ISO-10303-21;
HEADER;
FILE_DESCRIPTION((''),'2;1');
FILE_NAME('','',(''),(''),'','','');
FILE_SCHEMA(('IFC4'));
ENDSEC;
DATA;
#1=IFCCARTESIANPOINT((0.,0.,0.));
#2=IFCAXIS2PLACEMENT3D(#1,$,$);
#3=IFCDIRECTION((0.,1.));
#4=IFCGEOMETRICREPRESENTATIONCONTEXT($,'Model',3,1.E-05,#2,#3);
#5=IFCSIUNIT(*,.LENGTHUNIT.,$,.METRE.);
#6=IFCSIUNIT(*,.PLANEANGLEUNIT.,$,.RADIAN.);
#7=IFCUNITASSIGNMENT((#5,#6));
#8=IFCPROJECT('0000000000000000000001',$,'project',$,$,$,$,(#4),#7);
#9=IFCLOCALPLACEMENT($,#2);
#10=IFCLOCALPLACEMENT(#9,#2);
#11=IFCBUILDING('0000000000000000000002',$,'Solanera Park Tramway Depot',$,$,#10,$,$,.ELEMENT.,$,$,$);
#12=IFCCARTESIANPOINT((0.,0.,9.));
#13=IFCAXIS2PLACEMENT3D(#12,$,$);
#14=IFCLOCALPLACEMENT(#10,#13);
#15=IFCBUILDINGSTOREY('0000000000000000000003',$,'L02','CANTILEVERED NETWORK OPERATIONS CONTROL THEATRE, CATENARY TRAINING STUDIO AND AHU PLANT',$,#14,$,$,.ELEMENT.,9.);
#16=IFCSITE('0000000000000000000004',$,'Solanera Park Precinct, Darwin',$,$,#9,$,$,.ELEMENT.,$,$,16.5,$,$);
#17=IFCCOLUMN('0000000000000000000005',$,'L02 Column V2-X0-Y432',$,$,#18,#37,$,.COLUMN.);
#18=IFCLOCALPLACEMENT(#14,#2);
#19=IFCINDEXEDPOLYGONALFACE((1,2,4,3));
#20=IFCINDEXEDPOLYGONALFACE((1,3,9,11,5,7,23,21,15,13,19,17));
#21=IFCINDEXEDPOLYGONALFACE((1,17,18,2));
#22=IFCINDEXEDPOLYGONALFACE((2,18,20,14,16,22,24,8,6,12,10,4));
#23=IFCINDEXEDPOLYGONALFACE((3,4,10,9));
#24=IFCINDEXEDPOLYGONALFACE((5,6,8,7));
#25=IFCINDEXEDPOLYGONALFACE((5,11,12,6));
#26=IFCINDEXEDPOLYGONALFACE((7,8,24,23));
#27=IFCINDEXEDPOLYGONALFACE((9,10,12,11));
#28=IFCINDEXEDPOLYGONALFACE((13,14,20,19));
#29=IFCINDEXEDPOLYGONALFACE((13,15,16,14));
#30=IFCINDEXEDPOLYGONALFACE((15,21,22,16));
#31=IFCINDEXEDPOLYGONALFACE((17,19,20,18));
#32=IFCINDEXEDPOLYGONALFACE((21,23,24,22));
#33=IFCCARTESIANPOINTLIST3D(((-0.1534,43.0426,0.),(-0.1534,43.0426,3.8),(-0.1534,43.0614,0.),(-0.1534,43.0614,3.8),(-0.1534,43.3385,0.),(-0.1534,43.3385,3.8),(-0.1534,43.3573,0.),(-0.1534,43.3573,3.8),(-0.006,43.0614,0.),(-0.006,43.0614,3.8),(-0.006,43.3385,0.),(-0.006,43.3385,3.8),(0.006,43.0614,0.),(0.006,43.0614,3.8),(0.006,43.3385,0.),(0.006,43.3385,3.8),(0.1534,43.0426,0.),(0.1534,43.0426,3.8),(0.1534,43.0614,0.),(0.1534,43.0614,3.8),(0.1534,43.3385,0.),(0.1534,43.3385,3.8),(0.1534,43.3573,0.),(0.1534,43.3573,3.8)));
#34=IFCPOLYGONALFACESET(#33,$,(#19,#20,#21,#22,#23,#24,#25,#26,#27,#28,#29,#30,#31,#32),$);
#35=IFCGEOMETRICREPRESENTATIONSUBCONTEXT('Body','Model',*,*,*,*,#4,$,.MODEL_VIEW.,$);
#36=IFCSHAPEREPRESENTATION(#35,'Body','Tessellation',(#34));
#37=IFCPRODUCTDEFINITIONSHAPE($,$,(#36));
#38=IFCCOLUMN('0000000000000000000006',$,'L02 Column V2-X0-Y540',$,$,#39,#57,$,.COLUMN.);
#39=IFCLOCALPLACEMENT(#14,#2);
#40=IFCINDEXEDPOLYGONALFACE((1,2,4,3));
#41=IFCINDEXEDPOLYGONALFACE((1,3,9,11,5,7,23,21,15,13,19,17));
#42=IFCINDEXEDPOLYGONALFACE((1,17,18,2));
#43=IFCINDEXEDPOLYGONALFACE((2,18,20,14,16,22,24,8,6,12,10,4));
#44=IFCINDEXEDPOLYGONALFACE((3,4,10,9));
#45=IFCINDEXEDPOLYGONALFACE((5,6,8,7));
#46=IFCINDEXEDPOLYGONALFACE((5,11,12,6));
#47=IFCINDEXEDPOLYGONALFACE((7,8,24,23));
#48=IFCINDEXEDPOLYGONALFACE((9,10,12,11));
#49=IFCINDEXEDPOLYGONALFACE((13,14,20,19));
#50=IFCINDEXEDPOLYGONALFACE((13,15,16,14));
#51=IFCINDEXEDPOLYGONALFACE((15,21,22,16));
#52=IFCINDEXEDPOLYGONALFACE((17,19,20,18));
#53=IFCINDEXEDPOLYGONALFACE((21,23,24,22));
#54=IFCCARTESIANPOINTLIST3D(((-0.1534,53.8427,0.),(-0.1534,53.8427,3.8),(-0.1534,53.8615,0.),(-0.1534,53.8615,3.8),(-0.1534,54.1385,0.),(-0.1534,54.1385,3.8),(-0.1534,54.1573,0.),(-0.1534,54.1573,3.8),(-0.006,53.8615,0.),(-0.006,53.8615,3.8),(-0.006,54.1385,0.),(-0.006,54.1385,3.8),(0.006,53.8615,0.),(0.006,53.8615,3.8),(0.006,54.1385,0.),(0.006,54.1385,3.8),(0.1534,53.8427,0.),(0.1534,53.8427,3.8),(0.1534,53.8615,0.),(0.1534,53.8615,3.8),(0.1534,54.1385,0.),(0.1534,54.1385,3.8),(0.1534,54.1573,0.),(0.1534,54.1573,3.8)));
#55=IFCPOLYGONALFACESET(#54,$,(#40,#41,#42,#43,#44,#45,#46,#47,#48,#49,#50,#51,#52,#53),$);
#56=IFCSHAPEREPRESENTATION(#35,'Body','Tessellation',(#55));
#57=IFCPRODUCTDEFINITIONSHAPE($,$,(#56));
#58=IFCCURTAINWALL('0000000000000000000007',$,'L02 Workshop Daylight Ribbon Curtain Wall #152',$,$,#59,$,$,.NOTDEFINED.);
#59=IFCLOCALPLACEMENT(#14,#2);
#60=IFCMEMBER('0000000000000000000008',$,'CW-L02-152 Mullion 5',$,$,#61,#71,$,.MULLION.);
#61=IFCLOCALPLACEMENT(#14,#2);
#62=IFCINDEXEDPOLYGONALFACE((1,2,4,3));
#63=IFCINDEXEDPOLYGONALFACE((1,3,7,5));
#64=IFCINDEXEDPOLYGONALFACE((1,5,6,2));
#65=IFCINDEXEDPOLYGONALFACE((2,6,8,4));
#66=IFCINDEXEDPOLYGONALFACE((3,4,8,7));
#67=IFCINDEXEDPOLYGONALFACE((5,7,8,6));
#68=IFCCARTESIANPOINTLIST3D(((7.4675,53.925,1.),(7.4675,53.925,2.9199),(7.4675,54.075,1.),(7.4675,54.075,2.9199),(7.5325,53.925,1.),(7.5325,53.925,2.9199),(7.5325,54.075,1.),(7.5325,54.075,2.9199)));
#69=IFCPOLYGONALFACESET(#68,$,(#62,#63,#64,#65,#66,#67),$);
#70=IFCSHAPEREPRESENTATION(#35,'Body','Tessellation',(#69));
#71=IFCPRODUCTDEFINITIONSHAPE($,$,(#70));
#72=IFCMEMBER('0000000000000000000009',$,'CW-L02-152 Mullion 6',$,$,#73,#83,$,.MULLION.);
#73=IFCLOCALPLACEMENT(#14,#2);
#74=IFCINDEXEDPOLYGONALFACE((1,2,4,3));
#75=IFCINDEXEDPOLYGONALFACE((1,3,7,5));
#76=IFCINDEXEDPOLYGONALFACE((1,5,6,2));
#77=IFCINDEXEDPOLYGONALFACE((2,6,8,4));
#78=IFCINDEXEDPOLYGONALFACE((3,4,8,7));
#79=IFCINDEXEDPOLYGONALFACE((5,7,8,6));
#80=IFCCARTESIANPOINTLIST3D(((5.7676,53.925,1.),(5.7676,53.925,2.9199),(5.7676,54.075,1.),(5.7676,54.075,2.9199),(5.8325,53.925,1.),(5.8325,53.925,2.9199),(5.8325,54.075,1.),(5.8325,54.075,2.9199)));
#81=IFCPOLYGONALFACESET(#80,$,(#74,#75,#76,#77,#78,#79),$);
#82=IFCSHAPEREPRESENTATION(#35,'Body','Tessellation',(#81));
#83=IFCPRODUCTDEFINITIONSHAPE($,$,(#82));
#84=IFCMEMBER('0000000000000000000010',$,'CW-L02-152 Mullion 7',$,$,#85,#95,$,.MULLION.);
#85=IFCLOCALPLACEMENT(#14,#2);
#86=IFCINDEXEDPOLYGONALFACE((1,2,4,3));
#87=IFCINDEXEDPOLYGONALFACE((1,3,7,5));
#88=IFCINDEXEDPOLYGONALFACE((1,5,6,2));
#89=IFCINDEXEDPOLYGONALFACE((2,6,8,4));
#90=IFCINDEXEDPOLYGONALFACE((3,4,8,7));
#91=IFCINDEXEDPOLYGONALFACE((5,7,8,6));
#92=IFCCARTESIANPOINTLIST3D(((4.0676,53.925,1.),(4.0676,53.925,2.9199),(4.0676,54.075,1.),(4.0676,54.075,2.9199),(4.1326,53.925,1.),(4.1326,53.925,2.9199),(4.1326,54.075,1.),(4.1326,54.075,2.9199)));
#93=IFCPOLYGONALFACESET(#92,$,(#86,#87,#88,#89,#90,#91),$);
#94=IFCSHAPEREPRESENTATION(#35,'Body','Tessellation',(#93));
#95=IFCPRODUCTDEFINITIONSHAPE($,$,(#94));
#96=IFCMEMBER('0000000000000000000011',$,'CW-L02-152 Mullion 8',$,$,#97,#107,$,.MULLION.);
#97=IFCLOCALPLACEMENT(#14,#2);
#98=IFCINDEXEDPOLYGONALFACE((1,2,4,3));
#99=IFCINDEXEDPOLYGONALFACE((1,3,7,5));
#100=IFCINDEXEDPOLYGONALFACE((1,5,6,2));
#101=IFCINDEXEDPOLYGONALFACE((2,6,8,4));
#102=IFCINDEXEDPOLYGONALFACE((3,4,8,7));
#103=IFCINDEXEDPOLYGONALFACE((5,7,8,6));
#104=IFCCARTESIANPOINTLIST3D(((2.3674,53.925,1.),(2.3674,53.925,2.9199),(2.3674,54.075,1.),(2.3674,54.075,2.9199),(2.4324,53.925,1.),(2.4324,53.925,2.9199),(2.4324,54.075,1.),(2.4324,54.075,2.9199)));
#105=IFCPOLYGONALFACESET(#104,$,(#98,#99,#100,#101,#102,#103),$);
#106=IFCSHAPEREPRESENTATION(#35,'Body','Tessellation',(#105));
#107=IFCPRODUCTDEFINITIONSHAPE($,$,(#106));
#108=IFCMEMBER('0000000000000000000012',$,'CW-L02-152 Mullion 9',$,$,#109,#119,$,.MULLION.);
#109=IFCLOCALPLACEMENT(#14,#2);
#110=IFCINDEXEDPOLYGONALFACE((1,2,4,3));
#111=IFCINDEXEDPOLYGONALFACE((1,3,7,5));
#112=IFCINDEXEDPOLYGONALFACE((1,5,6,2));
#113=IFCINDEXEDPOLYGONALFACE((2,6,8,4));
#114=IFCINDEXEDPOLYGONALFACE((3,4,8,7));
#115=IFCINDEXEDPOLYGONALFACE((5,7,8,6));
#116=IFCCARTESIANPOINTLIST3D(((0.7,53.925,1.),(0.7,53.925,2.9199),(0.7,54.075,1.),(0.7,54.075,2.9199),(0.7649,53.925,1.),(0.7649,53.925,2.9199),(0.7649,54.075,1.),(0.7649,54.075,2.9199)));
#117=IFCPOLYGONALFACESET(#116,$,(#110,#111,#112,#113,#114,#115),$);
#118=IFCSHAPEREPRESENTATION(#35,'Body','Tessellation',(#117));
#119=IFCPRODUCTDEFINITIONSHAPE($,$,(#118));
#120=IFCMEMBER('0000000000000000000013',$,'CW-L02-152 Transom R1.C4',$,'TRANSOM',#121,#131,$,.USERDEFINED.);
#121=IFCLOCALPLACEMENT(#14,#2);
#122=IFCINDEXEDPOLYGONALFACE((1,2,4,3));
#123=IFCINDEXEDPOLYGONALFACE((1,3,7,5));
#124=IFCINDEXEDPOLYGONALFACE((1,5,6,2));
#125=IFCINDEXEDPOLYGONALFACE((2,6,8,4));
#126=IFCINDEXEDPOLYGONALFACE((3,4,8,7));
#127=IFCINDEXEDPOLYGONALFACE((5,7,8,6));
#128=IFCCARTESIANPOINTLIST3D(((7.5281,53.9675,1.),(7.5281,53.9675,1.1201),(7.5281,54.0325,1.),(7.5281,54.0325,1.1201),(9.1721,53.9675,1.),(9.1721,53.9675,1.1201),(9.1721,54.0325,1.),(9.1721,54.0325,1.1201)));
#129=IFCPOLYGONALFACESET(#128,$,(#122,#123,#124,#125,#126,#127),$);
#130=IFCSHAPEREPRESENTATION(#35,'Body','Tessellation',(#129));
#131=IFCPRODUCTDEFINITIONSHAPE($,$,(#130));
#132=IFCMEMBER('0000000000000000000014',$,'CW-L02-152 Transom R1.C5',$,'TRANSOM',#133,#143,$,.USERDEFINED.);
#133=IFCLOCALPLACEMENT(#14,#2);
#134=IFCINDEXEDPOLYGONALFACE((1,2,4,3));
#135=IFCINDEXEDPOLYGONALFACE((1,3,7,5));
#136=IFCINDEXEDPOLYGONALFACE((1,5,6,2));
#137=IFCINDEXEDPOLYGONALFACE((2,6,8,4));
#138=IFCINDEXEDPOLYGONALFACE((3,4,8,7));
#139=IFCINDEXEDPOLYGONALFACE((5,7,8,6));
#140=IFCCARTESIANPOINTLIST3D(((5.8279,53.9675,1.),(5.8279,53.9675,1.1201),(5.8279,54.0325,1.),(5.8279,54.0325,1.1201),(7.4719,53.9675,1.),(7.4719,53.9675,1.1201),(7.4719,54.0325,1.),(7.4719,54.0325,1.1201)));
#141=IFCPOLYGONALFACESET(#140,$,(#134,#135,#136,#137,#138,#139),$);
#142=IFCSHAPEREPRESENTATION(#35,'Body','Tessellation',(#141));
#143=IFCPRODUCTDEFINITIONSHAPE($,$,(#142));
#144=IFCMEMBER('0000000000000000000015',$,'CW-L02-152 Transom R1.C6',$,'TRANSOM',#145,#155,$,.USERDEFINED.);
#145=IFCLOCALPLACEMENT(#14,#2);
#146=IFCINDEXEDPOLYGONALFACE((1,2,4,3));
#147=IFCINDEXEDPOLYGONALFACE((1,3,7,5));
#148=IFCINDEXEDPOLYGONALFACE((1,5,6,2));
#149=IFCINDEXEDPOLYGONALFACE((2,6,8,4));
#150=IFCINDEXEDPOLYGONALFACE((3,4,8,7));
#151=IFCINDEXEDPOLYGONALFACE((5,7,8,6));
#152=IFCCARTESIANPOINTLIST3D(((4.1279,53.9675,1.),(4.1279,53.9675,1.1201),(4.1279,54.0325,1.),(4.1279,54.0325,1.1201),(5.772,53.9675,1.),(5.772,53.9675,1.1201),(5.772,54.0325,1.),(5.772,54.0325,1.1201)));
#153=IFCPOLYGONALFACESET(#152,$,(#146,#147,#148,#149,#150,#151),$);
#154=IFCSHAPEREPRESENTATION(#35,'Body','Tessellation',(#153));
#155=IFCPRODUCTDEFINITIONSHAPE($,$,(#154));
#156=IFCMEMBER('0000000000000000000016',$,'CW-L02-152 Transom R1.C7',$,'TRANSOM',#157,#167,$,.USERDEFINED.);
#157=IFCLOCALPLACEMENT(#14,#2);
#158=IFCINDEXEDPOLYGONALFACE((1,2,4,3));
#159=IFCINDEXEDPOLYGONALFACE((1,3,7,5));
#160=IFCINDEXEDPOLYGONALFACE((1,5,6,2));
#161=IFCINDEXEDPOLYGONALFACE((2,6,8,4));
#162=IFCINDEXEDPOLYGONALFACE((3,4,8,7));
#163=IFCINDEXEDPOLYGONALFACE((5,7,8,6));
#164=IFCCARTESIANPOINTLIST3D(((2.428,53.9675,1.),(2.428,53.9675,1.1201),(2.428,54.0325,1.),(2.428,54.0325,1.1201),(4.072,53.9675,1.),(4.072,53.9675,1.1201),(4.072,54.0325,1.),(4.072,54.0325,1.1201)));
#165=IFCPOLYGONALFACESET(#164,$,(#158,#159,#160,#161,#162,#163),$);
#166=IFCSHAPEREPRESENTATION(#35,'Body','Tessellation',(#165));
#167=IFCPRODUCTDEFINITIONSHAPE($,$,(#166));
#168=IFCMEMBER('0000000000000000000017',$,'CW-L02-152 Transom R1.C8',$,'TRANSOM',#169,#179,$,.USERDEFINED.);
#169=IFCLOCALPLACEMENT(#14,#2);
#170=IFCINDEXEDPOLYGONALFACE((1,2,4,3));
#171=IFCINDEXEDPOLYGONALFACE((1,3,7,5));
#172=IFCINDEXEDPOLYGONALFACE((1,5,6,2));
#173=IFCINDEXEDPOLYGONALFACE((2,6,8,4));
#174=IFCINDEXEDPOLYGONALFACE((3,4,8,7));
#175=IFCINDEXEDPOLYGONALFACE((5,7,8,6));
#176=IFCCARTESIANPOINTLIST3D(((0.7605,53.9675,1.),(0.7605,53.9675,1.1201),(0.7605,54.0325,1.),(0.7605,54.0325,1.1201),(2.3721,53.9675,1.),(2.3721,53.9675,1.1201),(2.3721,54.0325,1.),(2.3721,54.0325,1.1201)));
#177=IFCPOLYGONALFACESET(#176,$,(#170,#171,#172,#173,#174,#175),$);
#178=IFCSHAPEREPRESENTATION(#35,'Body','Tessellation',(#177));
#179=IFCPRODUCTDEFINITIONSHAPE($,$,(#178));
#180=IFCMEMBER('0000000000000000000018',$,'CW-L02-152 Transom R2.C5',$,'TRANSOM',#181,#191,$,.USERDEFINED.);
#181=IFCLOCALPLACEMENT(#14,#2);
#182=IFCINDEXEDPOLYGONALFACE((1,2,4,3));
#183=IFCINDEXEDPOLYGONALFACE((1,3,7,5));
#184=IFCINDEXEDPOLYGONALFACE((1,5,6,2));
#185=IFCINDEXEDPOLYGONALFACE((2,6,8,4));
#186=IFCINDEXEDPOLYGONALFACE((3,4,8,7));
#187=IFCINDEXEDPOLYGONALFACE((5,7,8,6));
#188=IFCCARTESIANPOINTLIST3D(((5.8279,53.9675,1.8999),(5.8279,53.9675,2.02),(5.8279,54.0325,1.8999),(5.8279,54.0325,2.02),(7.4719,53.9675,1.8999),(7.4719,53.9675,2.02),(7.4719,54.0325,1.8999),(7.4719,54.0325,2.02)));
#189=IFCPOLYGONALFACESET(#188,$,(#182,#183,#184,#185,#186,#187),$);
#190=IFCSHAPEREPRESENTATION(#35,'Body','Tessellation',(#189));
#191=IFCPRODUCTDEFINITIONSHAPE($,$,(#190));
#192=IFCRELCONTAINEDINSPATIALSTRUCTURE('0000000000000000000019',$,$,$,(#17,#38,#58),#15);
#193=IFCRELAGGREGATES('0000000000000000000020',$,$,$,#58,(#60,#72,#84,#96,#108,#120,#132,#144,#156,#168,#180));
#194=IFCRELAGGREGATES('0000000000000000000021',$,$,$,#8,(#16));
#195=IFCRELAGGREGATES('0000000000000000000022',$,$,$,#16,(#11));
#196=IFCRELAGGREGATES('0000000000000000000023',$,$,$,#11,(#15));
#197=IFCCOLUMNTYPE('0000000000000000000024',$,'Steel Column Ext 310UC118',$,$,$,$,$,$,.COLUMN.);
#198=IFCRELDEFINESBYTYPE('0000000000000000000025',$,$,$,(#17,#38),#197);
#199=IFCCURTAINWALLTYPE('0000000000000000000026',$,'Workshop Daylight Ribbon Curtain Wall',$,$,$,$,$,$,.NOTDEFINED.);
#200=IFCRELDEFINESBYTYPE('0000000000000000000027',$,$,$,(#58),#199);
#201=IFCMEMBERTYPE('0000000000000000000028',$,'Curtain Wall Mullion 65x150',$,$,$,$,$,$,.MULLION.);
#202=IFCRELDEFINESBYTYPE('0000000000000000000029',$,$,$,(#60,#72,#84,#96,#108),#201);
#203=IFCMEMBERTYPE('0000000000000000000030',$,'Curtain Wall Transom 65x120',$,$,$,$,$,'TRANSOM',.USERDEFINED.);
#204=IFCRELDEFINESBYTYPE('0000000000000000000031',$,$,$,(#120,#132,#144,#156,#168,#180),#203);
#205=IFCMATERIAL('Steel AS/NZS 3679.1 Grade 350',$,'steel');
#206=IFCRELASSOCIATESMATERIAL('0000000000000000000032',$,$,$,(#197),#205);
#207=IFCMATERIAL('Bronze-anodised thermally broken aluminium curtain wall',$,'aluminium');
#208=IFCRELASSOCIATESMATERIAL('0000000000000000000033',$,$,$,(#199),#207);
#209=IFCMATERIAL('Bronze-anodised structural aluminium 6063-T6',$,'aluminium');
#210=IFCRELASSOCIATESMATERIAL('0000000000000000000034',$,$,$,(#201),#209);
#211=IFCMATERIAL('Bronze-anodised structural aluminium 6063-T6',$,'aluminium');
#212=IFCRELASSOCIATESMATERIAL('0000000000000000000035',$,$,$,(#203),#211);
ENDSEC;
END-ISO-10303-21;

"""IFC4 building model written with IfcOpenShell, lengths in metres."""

from ifc_helpers import new_model, si_unit, direction, frame, origin, origin_2d, place, context, subcontext, project, spatial, rectangle, i_section, extrude, material, material_profile, profile_set, type_object, element, aggregate, save


model = new_model("IFC4")

# Units and contexts
model_context = context("Model", 3, precision=1e-05, world=origin(), true_north=direction((0.0, 1.0)))
body_context = subcontext(model_context, "Body", "Model", "MODEL_VIEW")
ifc_project = project(units=[si_unit("LENGTHUNIT", "METRE"), si_unit("PLANEANGLEUNIT", "RADIAN")], contexts=[model_context])

# Site, building, storey
site_placement = place(None, origin())
site = spatial("IfcSite", under=ifc_project, at=site_placement, Name="Solanera Park Precinct, Darwin", CompositionType="ELEMENT", RefElevation=16.5)
building_placement = place(site_placement, origin())
building = spatial("IfcBuilding", under=site, at=building_placement, Name="Solanera Park Tramway Depot", CompositionType="ELEMENT")
storey_placement = place(building_placement, frame((0.0, 0.0, 9.0)))
storey = spatial("IfcBuildingStorey", under=building, at=storey_placement, Name="L02", Description="CANTILEVERED NETWORK OPERATIONS CONTROL THEATRE, CATENARY TRAINING STUDIO AND AHU PLANT", CompositionType="ELEMENT", Elevation=9.0)

# Columns
ifc_material_1 = material(Name="Steel AS/NZS 3679.1 Grade 350", Category="steel")
ifc_material_profile_1 = material_profile(ifc_material_1, i_section(OverallWidth=0.3069, OverallDepth=0.3147, WebThickness=0.012, FlangeThickness=0.0188, at=origin_2d()), Name="310UC118")
ifc_profile_set_1 = profile_set([ifc_material_profile_1], Name="Steel AS/NZS 3679.1 Grade 350")
column_type = type_object("IfcColumnType", Name="Steel Column Ext 310UC118", PredefinedType="COLUMN", material=ifc_profile_set_1)
for number, where, z_axis, x_axis, name in (
    (1, (0.0, 43.2, 0.0), (0.0, 0.0, 1.0), (1.0, 0.0, 0.0), "L02 Column V2-X0-Y432"),
    (2, (0.0, 54.0, 0.0), (0.0, 0.0, 1.0), (1.0, 0.0, 0.0), "L02 Column V2-X0-Y540"),
):
    element("IfcColumn", number, at=place(storey_placement, frame(where, z_axis=z_axis, x_axis=x_axis)), inside=storey, type_object=column_type, Name=name, PredefinedType="COLUMN", context=body_context, shape_type="SweptSolid", body=[
        extrude(i_section(OverallWidth=0.3069, OverallDepth=0.3147, WebThickness=0.012, FlangeThickness=0.0188, at=origin_2d()), origin(), (0.0, 0.0, 1.0), 3.8),
    ])

# Curtain wall, members
ifc_material_2 = material(Name="Bronze-anodised thermally broken aluminium curtain wall", Category="aluminium")
curtain_wall_type = type_object("IfcCurtainWallType", Name="Workshop Daylight Ribbon Curtain Wall", PredefinedType="NOTDEFINED", material=ifc_material_2)
curtain_wall_placement = place(storey_placement, origin())
curtain_wall = element("IfcCurtainWall", 3, at=curtain_wall_placement, inside=storey, type_object=curtain_wall_type, Name="L02 Workshop Daylight Ribbon Curtain Wall #152", PredefinedType="NOTDEFINED")
ifc_material_3 = material(Name="Bronze-anodised structural aluminium 6063-T6", Category="aluminium")
ifc_material_profile_2 = material_profile(ifc_material_3, rectangle(XDim=0.0649, YDim=0.1499, at=origin_2d()), Name="Curtain Wall Mullion 65x150")
ifc_profile_set_2 = profile_set([ifc_material_profile_2], Name="Bronze-anodised structural aluminium 6063-T6")
member_type_1 = type_object("IfcMemberType", Name="Curtain Wall Mullion 65x150", PredefinedType="MULLION", material=ifc_profile_set_2)
member_1_placement = place(storey_placement, frame((7.5, 54.0, 1.0), z_axis=(0.0, 0.0, 1.0), x_axis=(1.0, 0.0, 0.0)))
member_1 = element("IfcMember", 4, at=member_1_placement, type_object=member_type_1, Name="CW-L02-152 Mullion 5", PredefinedType="MULLION", context=body_context, shape_type="SweptSolid", body=[
    extrude(rectangle(XDim=0.0649, YDim=0.1499, at=origin_2d()), origin(), (0.0, 0.0, 1.0), 1.9199),
])
member_2_placement = place(storey_placement, frame((5.8, 54.0, 1.0), z_axis=(0.0, 0.0, 1.0), x_axis=(1.0, 0.0, 0.0)))
member_2 = element("IfcMember", 5, at=member_2_placement, type_object=member_type_1, Name="CW-L02-152 Mullion 6", PredefinedType="MULLION", context=body_context, shape_type="SweptSolid", body=[
    extrude(rectangle(XDim=0.0649, YDim=0.1499, at=origin_2d()), origin(), (0.0, 0.0, 1.0), 1.9199),
])
member_3_placement = place(storey_placement, frame((4.1001, 54.0, 1.0), z_axis=(0.0, 0.0, 1.0), x_axis=(1.0, 0.0, 0.0)))
member_3 = element("IfcMember", 6, at=member_3_placement, type_object=member_type_1, Name="CW-L02-152 Mullion 7", PredefinedType="MULLION", context=body_context, shape_type="SweptSolid", body=[
    extrude(rectangle(XDim=0.0649, YDim=0.1499, at=origin_2d()), origin(), (0.0, 0.0, 1.0), 1.9199),
])
member_4_placement = place(storey_placement, frame((2.3999, 54.0, 1.0), z_axis=(0.0, 0.0, 1.0), x_axis=(1.0, 0.0, 0.0)))
member_4 = element("IfcMember", 7, at=member_4_placement, type_object=member_type_1, Name="CW-L02-152 Mullion 8", PredefinedType="MULLION", context=body_context, shape_type="SweptSolid", body=[
    extrude(rectangle(XDim=0.0649, YDim=0.1499, at=origin_2d()), origin(), (0.0, 0.0, 1.0), 1.9199),
])
member_5_placement = place(storey_placement, frame((0.7324, 54.0, 1.0), z_axis=(0.0, 0.0, 1.0), x_axis=(1.0, 0.0, 0.0)))
member_5 = element("IfcMember", 8, at=member_5_placement, type_object=member_type_1, Name="CW-L02-152 Mullion 9", PredefinedType="MULLION", context=body_context, shape_type="SweptSolid", body=[
    extrude(rectangle(XDim=0.0649, YDim=0.1499, at=origin_2d()), origin(), (0.0, 0.0, 1.0), 1.9199),
])
ifc_material_4 = material(Name="Bronze-anodised structural aluminium 6063-T6", Category="aluminium")
ifc_material_profile_3 = material_profile(ifc_material_4, rectangle(XDim=0.0649, YDim=0.1201, at=origin_2d()), Name="Curtain Wall Transom 65x120")
ifc_profile_set_3 = profile_set([ifc_material_profile_3], Name="Bronze-anodised structural aluminium 6063-T6")
member_type_2 = type_object("IfcMemberType", Name="Curtain Wall Transom 65x120", ElementType="TRANSOM", PredefinedType="USERDEFINED", material=ifc_profile_set_3)
member_6_placement = place(storey_placement, frame((9.1721, 54.0, 1.0601), z_axis=(-1.0, 0.0, 0.0), x_axis=(0.0, -1.0, 0.0)))
member_6 = element("IfcMember", 9, at=member_6_placement, type_object=member_type_2, Name="CW-L02-152 Transom R1.C4", ObjectType="TRANSOM", PredefinedType="USERDEFINED", context=body_context, shape_type="SweptSolid", body=[
    extrude(rectangle(XDim=0.0649, YDim=0.1201, at=origin_2d()), origin(), (0.0, 0.0, 1.0), 1.644),
])
member_7_placement = place(storey_placement, frame((7.4719, 54.0, 1.0601), z_axis=(-1.0, 0.0, 0.0), x_axis=(0.0, -1.0, 0.0)))
member_7 = element("IfcMember", 10, at=member_7_placement, type_object=member_type_2, Name="CW-L02-152 Transom R1.C5", ObjectType="TRANSOM", PredefinedType="USERDEFINED", context=body_context, shape_type="SweptSolid", body=[
    extrude(rectangle(XDim=0.0649, YDim=0.1201, at=origin_2d()), origin(), (0.0, 0.0, 1.0), 1.644),
])
member_8_placement = place(storey_placement, frame((5.772, 54.0, 1.0601), z_axis=(-1.0, 0.0, 0.0), x_axis=(0.0, -1.0, 0.0)))
member_8 = element("IfcMember", 11, at=member_8_placement, type_object=member_type_2, Name="CW-L02-152 Transom R1.C6", ObjectType="TRANSOM", PredefinedType="USERDEFINED", context=body_context, shape_type="SweptSolid", body=[
    extrude(rectangle(XDim=0.0649, YDim=0.1201, at=origin_2d()), origin(), (0.0, 0.0, 1.0), 1.644),
])
member_9_placement = place(storey_placement, frame((4.072, 54.0, 1.0601), z_axis=(-1.0, 0.0, 0.0), x_axis=(0.0, -1.0, 0.0)))
member_9 = element("IfcMember", 12, at=member_9_placement, type_object=member_type_2, Name="CW-L02-152 Transom R1.C7", ObjectType="TRANSOM", PredefinedType="USERDEFINED", context=body_context, shape_type="SweptSolid", body=[
    extrude(rectangle(XDim=0.0649, YDim=0.1201, at=origin_2d()), origin(), (0.0, 0.0, 1.0), 1.644),
])
member_10_placement = place(storey_placement, frame((2.3721, 54.0, 1.0601), z_axis=(-1.0, 0.0, 0.0), x_axis=(0.0, -1.0, 0.0)))
member_10 = element("IfcMember", 13, at=member_10_placement, type_object=member_type_2, Name="CW-L02-152 Transom R1.C8", ObjectType="TRANSOM", PredefinedType="USERDEFINED", context=body_context, shape_type="SweptSolid", body=[
    extrude(rectangle(XDim=0.0649, YDim=0.1201, at=origin_2d()), origin(), (0.0, 0.0, 1.0), 1.6116),
])
member_11_placement = place(storey_placement, frame((7.4719, 54.0, 1.96), z_axis=(-1.0, 0.0, 0.0), x_axis=(0.0, -1.0, 0.0)))
member_11 = element("IfcMember", 14, at=member_11_placement, type_object=member_type_2, Name="CW-L02-152 Transom R2.C5", ObjectType="TRANSOM", PredefinedType="USERDEFINED", context=body_context, shape_type="SweptSolid", body=[
    extrude(rectangle(XDim=0.0649, YDim=0.1201, at=origin_2d()), origin(), (0.0, 0.0, 1.0), 1.644),
])

aggregate(curtain_wall, [member_1, member_2, member_3, member_4, member_5, member_6, member_7, member_8, member_9, member_10, member_11])

save(model, "model.ifc")
